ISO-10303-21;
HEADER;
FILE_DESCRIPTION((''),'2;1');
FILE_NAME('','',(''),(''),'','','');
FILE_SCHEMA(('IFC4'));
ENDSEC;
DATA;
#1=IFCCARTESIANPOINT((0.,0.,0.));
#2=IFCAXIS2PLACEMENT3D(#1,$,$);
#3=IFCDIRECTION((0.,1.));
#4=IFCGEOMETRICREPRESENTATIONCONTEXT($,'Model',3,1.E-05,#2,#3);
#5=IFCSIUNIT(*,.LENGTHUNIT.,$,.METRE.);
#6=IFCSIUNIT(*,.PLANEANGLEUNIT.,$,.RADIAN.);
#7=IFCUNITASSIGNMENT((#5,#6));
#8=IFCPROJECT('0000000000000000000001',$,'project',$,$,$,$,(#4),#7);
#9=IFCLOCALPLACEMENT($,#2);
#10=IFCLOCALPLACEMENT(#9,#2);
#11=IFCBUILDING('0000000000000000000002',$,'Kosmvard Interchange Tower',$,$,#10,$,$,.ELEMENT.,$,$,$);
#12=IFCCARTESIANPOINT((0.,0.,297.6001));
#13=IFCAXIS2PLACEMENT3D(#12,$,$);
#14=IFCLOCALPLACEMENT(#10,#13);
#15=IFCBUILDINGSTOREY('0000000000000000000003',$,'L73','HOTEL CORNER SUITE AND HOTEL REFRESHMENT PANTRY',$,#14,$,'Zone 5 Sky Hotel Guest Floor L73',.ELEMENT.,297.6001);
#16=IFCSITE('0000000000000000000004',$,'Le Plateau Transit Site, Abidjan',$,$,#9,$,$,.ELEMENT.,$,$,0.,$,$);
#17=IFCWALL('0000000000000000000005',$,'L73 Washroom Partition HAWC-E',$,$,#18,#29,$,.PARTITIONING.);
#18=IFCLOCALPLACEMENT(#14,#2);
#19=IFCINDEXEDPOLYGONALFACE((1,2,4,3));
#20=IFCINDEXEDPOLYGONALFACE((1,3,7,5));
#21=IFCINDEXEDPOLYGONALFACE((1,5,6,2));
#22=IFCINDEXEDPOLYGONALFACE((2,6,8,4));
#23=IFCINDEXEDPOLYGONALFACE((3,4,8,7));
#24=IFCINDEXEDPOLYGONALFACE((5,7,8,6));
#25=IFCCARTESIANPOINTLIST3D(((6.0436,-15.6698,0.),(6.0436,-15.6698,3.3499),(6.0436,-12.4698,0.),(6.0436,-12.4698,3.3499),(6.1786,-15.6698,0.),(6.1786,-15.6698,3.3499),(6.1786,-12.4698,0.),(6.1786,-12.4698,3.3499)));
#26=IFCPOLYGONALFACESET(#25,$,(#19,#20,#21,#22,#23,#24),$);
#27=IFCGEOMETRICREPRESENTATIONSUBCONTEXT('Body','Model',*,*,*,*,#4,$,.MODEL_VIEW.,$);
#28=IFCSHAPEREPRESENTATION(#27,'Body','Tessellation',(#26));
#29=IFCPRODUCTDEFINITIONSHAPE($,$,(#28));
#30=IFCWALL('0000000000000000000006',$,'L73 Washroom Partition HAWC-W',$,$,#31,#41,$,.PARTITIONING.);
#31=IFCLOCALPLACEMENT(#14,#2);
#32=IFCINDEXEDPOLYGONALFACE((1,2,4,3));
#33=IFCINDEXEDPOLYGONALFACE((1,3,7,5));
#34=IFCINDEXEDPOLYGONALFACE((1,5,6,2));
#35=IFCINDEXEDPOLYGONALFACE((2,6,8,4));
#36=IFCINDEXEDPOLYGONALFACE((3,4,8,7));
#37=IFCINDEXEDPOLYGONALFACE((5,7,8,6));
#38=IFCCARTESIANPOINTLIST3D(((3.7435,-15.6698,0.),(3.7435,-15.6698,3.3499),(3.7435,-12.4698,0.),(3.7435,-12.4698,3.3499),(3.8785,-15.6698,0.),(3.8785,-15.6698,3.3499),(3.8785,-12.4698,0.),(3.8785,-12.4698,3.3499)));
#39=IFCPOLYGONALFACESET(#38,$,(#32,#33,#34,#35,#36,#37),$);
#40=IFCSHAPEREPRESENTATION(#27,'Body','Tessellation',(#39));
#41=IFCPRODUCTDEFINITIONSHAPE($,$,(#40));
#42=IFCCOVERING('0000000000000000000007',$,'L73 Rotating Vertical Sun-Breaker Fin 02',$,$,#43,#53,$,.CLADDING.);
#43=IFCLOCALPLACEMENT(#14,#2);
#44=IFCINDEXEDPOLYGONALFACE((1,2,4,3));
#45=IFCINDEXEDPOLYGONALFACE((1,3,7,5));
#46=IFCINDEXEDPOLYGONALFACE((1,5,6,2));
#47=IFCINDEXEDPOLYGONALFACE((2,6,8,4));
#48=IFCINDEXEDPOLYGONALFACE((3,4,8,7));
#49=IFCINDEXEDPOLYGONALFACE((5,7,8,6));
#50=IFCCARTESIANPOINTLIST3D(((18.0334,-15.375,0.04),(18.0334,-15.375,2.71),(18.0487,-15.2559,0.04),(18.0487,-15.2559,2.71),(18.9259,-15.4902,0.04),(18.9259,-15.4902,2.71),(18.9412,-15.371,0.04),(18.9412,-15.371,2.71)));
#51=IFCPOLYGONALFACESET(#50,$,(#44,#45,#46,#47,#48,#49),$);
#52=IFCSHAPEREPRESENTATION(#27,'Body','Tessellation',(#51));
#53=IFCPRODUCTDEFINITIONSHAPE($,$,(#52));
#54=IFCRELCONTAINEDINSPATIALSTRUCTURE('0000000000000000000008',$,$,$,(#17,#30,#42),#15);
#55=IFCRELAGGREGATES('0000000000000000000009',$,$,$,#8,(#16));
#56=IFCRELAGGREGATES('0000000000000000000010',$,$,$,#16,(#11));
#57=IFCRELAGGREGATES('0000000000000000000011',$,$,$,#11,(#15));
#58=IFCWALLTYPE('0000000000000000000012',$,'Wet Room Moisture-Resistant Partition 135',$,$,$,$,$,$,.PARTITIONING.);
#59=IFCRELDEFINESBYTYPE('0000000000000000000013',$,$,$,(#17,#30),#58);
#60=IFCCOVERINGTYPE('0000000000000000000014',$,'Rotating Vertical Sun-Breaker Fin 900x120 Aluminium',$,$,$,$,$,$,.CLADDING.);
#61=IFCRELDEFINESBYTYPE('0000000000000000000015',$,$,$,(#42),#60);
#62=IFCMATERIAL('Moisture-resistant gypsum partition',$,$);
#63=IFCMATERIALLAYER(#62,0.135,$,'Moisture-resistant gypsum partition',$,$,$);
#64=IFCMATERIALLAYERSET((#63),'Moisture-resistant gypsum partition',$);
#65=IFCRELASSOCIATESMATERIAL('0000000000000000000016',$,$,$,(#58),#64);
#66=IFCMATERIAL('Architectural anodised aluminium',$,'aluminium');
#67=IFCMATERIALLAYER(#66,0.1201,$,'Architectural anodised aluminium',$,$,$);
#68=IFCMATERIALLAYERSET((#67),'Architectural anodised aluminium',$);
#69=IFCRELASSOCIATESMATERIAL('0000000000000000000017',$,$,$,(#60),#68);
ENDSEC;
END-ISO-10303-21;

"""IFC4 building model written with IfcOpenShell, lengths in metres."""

from ifc_helpers import new_model, si_unit, direction, frame, frame_2d, origin, origin_2d, place, context, subcontext, project, spatial, rectangle, extrude, source, transform, mapped, material, layer, layer_set, type_object, element, save


model = new_model("IFC4")

# Units and contexts
model_context = context("Model", 3, precision=1e-05, world=origin(), true_north=direction((0.0, 1.0)))
body_context = subcontext(model_context, "Body", "Model", "MODEL_VIEW")
ifc_project = project(units=[si_unit("LENGTHUNIT", "METRE"), si_unit("PLANEANGLEUNIT", "RADIAN")], contexts=[model_context])

# Site, building, storey
site_placement = place(None, origin())
site = spatial("IfcSite", under=ifc_project, at=site_placement, Name="Le Plateau Transit Site, Abidjan", CompositionType="ELEMENT", RefElevation=0.0)
building_placement = place(site_placement, origin())
building = spatial("IfcBuilding", under=site, at=building_placement, Name="Kosmvard Interchange Tower", CompositionType="ELEMENT")
storey_placement = place(building_placement, frame((0.0, 0.0, 297.6001)))
storey = spatial("IfcBuildingStorey", under=building, at=storey_placement, Name="L73", Description="HOTEL CORNER SUITE AND HOTEL REFRESHMENT PANTRY", LongName="Zone 5 Sky Hotel Guest Floor L73", CompositionType="ELEMENT", Elevation=297.6001)

# Walls
ifc_material_1 = material(Name="Moisture-resistant gypsum partition")
ifc_layer_1 = layer(ifc_material_1, 0.135, Name="Moisture-resistant gypsum partition")
ifc_layer_set_1 = layer_set([ifc_layer_1], Name="Moisture-resistant gypsum partition")
wall_type_1 = type_object("IfcWallType", Name="Wet Room Moisture-Resistant Partition 135", PredefinedType="PARTITIONING", material=ifc_layer_set_1)
for number, where, z_axis, x_axis, name in (
    (1, (6.1111, -15.6699, 0.0), (0.0, 0.0, 1.0), (0.0, 1.0, 0.0), "L73 Washroom Partition HAWC-E"),
    (2, (3.811, -15.6699, 0.0), (0.0, 0.0, 1.0), (0.0, 1.0, 0.0), "L73 Washroom Partition HAWC-W"),
):
    element("IfcWall", number, at=place(storey_placement, frame(where, z_axis=z_axis, x_axis=x_axis)), inside=storey, type_object=wall_type_1, Name=name, PredefinedType="PARTITIONING", context=body_context, shape_type="SweptSolid", body=[
        extrude(rectangle(XDim=3.2, YDim=0.135, at=frame_2d((1.6001, 0.0))), origin(), (0.0, 0.0, 1.0), 3.3499),
    ])

# Covering
ifc_material_2 = material(Name="Architectural anodised aluminium", Category="aluminium")
ifc_layer_2 = layer(ifc_material_2, 0.1201, Name="Architectural anodised aluminium")
ifc_layer_set_2 = layer_set([ifc_layer_2], Name="Architectural anodised aluminium")
covering_type = type_object("IfcCoveringType", Name="Rotating Vertical Sun-Breaker Fin 900x120 Aluminium", PredefinedType="CLADDING", material=ifc_layer_set_2)
shared_shape_1 = source(origin(), body_context, "Body", "SweptSolid", [
    extrude(rectangle(XDim=0.8999, YDim=0.1201, at=origin_2d()), origin(), (0.0, 0.0, 1.0), 2.6699),
])
covering_placement = place(storey_placement, frame((18.4873, -15.373, 0.04), z_axis=(0.0, 0.0, 1.0), x_axis=(0.991783, -0.12793, 0.0)))
element("IfcCovering", 3, at=covering_placement, inside=storey, type_object=covering_type, Name="L73 Rotating Vertical Sun-Breaker Fin 02", PredefinedType="CLADDING", context=body_context, shape_type="MappedRepresentation", body=[
    mapped(shared_shape_1, transform((0.0, 0.0, 0.0), scale=1.0)),
])

save(model, "model.ifc")
